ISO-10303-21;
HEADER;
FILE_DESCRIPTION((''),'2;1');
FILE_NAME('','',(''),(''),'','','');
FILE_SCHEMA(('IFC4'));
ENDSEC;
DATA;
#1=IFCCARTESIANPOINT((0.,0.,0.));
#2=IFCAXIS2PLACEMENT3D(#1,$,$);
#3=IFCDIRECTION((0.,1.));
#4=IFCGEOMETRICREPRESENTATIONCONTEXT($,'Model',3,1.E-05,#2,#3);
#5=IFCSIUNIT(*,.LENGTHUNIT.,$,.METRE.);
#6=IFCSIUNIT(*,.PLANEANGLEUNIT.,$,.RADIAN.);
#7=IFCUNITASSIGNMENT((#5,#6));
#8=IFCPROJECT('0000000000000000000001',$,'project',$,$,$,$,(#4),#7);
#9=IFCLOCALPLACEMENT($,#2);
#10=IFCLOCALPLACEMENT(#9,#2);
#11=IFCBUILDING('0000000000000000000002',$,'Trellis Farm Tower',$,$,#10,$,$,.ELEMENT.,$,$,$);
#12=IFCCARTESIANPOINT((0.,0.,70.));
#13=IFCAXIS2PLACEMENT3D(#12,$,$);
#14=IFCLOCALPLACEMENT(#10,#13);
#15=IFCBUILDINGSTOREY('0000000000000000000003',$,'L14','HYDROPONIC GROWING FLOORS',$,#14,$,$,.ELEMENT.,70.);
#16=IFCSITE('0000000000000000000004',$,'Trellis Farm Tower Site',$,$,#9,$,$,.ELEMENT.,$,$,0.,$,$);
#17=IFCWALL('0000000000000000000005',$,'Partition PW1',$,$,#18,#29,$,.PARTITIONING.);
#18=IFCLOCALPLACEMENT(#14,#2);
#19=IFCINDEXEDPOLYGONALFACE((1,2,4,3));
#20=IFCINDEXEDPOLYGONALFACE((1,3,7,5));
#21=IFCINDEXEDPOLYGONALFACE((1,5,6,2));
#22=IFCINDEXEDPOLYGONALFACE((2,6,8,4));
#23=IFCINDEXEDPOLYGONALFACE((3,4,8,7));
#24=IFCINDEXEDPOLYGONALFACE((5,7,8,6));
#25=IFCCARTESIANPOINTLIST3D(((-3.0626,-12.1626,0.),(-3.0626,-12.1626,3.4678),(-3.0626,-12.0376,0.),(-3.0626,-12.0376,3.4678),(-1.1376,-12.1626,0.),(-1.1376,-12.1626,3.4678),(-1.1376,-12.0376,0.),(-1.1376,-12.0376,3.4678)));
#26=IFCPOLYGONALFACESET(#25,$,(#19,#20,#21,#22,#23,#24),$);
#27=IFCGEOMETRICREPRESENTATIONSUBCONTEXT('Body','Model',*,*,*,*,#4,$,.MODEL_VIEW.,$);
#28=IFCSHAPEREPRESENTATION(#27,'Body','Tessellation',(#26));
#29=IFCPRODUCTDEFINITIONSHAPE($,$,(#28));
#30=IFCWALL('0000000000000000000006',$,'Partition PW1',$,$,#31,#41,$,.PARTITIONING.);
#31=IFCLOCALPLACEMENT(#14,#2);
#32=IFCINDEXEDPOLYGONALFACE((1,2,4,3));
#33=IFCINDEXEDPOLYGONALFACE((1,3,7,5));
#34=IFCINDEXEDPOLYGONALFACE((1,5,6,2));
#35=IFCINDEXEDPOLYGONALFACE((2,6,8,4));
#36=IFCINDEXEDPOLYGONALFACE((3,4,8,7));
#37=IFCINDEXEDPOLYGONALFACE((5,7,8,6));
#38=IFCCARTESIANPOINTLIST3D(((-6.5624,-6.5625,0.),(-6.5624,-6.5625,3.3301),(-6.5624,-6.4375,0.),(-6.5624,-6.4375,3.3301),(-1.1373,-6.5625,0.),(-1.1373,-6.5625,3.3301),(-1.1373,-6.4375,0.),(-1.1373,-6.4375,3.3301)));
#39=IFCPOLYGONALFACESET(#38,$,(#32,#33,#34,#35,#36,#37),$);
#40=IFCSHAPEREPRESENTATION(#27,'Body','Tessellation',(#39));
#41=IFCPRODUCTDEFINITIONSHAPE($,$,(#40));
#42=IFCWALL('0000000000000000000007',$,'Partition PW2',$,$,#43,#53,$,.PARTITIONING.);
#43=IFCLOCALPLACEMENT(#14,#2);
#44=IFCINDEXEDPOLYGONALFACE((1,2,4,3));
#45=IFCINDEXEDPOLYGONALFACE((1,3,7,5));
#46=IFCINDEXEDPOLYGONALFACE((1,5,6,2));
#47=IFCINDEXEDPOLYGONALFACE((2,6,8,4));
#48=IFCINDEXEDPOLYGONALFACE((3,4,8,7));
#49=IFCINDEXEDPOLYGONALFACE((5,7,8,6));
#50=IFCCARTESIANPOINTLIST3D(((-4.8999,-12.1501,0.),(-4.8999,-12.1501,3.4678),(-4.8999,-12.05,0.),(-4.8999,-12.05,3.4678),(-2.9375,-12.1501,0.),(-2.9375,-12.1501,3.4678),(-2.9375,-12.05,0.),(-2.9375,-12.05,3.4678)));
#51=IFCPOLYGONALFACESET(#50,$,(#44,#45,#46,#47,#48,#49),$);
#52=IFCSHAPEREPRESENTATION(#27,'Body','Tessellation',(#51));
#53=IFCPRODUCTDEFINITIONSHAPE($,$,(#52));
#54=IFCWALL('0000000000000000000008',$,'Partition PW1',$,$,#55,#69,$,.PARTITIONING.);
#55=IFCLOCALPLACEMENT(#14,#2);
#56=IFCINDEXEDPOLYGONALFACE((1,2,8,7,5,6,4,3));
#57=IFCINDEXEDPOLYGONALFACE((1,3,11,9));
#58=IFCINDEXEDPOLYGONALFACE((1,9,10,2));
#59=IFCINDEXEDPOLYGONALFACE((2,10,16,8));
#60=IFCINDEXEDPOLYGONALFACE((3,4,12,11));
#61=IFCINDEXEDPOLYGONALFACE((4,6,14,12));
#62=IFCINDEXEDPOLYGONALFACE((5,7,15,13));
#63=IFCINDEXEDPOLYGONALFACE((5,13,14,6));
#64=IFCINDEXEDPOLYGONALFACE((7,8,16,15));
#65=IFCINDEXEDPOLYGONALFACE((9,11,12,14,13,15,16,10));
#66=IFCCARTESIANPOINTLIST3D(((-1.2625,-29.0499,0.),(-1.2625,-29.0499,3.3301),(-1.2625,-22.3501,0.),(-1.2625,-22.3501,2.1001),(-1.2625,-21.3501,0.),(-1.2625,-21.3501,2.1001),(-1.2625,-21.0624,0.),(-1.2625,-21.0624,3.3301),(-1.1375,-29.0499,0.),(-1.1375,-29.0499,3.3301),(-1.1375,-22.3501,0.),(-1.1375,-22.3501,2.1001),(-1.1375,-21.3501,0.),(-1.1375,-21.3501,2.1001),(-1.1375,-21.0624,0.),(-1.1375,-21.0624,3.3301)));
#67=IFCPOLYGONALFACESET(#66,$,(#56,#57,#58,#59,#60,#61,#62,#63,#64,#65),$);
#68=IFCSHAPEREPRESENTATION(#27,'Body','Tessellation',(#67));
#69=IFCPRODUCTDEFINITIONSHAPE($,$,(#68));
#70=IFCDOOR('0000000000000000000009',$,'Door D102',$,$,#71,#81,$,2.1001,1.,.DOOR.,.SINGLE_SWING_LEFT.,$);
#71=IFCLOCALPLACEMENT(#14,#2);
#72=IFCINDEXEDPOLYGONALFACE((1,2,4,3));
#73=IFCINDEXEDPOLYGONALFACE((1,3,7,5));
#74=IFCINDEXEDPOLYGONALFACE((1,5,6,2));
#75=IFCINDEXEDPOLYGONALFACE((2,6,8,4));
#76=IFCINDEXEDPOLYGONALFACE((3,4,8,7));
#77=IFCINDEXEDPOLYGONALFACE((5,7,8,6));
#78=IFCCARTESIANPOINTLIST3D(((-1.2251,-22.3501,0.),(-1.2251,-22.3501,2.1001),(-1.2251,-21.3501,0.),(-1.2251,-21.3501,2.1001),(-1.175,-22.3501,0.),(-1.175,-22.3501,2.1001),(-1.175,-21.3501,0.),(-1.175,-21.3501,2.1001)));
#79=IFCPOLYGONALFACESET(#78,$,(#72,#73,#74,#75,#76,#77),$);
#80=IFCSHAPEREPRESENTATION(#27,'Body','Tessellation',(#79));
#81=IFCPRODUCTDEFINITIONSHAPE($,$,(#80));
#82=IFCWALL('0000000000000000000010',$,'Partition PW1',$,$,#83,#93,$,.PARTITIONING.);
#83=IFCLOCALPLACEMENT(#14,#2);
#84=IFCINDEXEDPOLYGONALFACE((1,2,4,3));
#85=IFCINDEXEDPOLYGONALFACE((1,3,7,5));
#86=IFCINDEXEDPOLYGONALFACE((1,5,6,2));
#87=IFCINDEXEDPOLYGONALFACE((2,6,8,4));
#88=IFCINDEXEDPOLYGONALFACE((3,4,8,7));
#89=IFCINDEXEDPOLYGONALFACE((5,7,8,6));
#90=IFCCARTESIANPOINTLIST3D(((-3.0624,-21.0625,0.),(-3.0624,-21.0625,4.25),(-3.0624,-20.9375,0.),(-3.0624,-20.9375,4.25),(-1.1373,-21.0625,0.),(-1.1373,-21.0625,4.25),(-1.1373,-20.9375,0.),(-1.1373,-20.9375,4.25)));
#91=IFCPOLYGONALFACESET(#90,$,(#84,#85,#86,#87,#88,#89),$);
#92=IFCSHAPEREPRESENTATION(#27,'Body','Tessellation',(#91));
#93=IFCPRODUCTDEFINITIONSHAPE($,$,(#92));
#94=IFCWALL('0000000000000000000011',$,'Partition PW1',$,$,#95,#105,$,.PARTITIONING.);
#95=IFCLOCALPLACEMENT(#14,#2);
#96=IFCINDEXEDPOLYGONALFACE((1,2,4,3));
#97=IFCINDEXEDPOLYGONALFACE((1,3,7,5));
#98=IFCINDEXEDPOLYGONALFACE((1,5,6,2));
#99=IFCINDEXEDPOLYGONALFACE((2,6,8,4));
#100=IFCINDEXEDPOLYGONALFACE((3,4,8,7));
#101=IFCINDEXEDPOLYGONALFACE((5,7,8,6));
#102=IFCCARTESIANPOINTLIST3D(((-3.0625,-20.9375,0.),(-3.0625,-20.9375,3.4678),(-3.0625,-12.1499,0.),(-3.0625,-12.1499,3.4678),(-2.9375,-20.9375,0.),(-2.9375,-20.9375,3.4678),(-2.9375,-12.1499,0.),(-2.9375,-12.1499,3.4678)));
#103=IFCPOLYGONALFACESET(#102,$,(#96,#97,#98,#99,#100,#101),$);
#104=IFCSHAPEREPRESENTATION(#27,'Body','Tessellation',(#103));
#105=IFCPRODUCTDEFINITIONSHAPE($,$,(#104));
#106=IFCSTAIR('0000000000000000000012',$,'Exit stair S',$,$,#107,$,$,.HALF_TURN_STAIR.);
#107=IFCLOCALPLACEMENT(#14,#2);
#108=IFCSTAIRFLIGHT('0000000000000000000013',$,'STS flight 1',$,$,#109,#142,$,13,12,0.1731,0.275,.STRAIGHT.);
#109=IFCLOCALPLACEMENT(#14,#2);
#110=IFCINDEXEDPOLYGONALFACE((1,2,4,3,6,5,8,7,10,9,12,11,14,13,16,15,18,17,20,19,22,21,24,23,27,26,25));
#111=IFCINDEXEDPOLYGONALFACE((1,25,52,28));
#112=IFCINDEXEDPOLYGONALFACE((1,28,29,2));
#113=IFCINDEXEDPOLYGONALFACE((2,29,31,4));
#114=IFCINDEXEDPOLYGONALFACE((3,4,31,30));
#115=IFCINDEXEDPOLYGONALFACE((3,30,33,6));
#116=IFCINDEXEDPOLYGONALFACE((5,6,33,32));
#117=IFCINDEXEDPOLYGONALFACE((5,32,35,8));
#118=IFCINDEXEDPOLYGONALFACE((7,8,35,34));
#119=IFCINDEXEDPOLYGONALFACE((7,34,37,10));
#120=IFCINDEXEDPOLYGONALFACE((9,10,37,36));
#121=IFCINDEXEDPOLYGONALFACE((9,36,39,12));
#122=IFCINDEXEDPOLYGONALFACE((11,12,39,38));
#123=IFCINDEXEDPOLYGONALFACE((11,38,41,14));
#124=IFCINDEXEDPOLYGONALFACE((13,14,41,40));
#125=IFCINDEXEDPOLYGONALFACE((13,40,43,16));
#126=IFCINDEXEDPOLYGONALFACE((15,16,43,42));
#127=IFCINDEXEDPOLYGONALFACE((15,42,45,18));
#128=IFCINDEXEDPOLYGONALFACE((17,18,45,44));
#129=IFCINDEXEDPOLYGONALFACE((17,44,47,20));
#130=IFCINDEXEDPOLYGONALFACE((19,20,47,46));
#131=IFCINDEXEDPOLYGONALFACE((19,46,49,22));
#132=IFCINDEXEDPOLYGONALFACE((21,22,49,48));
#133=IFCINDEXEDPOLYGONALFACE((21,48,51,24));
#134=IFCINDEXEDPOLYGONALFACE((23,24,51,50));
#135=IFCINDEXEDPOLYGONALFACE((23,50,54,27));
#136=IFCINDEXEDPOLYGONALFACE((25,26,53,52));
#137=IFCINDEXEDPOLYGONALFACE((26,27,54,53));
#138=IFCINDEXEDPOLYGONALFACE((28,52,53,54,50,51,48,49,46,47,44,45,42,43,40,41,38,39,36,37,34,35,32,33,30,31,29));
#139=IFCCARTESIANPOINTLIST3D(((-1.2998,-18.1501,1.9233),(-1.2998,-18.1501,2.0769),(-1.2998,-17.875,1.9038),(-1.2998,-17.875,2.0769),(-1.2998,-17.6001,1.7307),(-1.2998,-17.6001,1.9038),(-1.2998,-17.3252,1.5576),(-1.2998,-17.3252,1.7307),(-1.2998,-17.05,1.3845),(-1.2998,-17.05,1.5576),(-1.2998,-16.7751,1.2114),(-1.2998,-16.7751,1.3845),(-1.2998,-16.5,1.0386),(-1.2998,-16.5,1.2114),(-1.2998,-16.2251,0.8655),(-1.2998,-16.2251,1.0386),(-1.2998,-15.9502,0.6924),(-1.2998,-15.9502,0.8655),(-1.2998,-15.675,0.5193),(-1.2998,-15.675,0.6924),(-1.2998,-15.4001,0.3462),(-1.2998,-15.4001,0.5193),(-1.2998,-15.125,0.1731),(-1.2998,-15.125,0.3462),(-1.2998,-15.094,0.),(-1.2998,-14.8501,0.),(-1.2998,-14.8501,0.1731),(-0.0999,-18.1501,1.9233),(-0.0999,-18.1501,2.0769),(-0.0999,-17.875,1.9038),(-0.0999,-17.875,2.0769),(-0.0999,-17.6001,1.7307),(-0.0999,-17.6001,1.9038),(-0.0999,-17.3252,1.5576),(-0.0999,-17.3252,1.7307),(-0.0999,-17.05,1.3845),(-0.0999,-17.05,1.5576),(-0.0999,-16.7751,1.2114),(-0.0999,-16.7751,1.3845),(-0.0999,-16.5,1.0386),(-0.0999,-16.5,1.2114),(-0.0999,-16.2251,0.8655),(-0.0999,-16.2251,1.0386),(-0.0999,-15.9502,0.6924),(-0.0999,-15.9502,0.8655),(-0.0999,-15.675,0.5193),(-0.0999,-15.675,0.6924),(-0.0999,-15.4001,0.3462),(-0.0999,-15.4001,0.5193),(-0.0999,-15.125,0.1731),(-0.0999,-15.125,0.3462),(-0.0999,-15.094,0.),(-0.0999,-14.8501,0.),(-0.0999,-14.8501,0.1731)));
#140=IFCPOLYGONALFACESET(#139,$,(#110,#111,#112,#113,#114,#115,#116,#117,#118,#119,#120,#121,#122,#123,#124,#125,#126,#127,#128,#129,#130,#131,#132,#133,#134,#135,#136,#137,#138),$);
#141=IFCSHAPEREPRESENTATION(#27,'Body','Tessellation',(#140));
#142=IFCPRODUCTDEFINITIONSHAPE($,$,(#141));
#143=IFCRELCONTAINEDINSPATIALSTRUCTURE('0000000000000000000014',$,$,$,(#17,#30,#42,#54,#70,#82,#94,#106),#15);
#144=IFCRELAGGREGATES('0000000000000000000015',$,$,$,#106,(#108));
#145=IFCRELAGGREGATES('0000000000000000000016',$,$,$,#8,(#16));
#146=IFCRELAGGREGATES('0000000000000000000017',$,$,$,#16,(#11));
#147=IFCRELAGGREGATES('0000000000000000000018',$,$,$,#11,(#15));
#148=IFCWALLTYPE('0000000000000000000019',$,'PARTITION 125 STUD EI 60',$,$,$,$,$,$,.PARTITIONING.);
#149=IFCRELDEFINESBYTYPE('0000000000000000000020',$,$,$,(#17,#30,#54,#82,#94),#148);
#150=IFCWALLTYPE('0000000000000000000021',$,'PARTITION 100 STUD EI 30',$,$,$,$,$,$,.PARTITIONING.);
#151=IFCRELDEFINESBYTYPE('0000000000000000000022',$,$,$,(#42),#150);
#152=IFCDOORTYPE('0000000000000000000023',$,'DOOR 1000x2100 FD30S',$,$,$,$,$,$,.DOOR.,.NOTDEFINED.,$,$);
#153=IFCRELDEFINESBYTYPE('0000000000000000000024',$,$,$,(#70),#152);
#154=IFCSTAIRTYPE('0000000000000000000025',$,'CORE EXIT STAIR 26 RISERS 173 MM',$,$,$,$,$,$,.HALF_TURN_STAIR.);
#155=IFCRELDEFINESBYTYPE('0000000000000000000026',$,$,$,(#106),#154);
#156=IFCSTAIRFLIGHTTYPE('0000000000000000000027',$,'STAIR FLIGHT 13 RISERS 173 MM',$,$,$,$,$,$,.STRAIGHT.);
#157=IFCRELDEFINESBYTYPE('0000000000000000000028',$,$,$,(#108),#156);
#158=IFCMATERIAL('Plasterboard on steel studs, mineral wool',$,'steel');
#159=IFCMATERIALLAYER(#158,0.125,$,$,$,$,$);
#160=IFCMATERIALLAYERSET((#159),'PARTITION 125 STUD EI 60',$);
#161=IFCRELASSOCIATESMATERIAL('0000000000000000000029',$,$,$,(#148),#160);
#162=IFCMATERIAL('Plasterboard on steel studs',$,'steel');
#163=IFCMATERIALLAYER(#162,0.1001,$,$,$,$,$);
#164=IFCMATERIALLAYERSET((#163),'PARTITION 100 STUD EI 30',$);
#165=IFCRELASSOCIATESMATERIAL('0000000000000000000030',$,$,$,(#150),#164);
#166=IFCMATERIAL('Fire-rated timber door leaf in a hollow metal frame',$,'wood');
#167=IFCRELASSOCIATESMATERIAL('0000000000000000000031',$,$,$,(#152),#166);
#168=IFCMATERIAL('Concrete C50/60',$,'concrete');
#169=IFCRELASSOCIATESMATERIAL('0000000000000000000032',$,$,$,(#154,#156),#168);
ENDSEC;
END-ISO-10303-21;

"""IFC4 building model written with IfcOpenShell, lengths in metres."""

from ifc_helpers import new_model, si_unit, direction, frame, frame_2d, origin, place, context, subcontext, project, spatial, polyline, rectangle, outline, extrude, source, transform, mapped, material, layer, layer_set, type_object, element, fill, aggregate, save


model = new_model("IFC4")

# Units and contexts
model_context = context("Model", 3, precision=1e-05, world=origin(), true_north=direction((0.0, 1.0)))
body_context = subcontext(model_context, "Body", "Model", "MODEL_VIEW")
ifc_project = project(units=[si_unit("LENGTHUNIT", "METRE"), si_unit("PLANEANGLEUNIT", "RADIAN")], contexts=[model_context])

# Site, building, storey
site_placement = place(None, origin())
site = spatial("IfcSite", under=ifc_project, at=site_placement, Name="Trellis Farm Tower Site", CompositionType="ELEMENT", RefElevation=0.0)
building_placement = place(site_placement, origin())
building = spatial("IfcBuilding", under=site, at=building_placement, Name="Trellis Farm Tower", CompositionType="ELEMENT")
storey_placement = place(building_placement, frame((0.0, 0.0, 70.0)))
storey = spatial("IfcBuildingStorey", under=building, at=storey_placement, Name="L14", Description="HYDROPONIC GROWING FLOORS", CompositionType="ELEMENT", Elevation=70.0)

# Shared definitions
placement = place(storey_placement, origin())

# Shared definitions
ifc_material_1 = material(Name="Plasterboard on steel studs, mineral wool", Category="steel")
ifc_layer_1 = layer(ifc_material_1, 0.125)
ifc_layer_set_1 = layer_set([ifc_layer_1], Name="PARTITION 125 STUD EI 60")
wall_type_1 = type_object("IfcWallType", Name="PARTITION 125 STUD EI 60", PredefinedType="PARTITIONING", material=ifc_layer_set_1)
ifc_material_2 = material(Name="Fire-rated timber door leaf in a hollow metal frame", Category="wood")

# Walls
shared_shape_1 = source(origin(), body_context, "Body", "SweptSolid", [
    extrude(rectangle(XDim=1.925, YDim=0.125, at=frame_2d((0.9624, 0.0))), origin(), (0.0, 0.0, 1.0), 3.4678),
])
wall_1_placement = place(storey_placement, frame((-3.0625, -12.1001, 0.0), z_axis=(0.0, 0.0, 1.0), x_axis=(1.0, 0.0, 0.0)))
element("IfcWall", 1, at=wall_1_placement, inside=storey, type_object=wall_type_1, Name="Partition PW1", PredefinedType="PARTITIONING", context=body_context, shape_type="MappedRepresentation", body=[
    mapped(shared_shape_1, transform((0.0, 0.0, 0.0))),
])
shared_shape_2 = source(origin(), body_context, "Body", "SweptSolid", [
    extrude(rectangle(XDim=5.425, YDim=0.125, at=frame_2d((2.7124, 0.0))), origin(), (0.0, 0.0, 1.0), 3.3301),
])
wall_2_placement = place(storey_placement, frame((-1.1375, -6.5, 0.0), z_axis=(0.0, 0.0, 1.0), x_axis=(-1.0, 0.0, 0.0)))
element("IfcWall", 2, at=wall_2_placement, inside=storey, type_object=wall_type_1, Name="Partition PW1", PredefinedType="PARTITIONING", context=body_context, shape_type="MappedRepresentation", body=[
    mapped(shared_shape_2, transform((0.0, 0.0, 0.0))),
])
ifc_material_3 = material(Name="Plasterboard on steel studs", Category="steel")
ifc_layer_2 = layer(ifc_material_3, 0.1001)
ifc_layer_set_2 = layer_set([ifc_layer_2], Name="PARTITION 100 STUD EI 30")
wall_type_2 = type_object("IfcWallType", Name="PARTITION 100 STUD EI 30", PredefinedType="PARTITIONING", material=ifc_layer_set_2)
shared_shape_3 = source(origin(), body_context, "Body", "SweptSolid", [
    extrude(rectangle(XDim=1.9624, YDim=0.1001, at=frame_2d((0.9812, 0.0))), origin(), (0.0, 0.0, 1.0), 3.4678),
])
wall_3_placement = place(storey_placement, frame((-4.8999, -12.1001, 0.0), z_axis=(0.0, 0.0, 1.0), x_axis=(1.0, 0.0, 0.0)))
element("IfcWall", 3, at=wall_3_placement, inside=storey, type_object=wall_type_2, Name="Partition PW2", PredefinedType="PARTITIONING", context=body_context, shape_type="MappedRepresentation", body=[
    mapped(shared_shape_3, transform((0.0, 0.0, 0.0))),
])

# Wall, opening, door
shared_shape_4 = source(origin(), body_context, "Body", "SweptSolid", [
    extrude(rectangle(XDim=7.9875, YDim=0.125, at=frame_2d((3.9937, 0.0))), origin(), (0.0, 0.0, 1.0), 3.3301),
])
wall_4_placement = place(storey_placement, frame((-1.2, -21.0625, 0.0), z_axis=(0.0, 0.0, 1.0), x_axis=(0.0, -1.0, 0.0)))
wall_4 = element("IfcWall", 4, at=wall_4_placement, inside=storey, type_object=wall_type_1, Name="Partition PW1", PredefinedType="PARTITIONING", context=body_context, shape_type="MappedRepresentation", body=[
    mapped(shared_shape_4, transform((0.0, 0.0, 0.0))),
])
shared_shape_5 = source(origin(), body_context, "Body", "SweptSolid", [
    extrude(rectangle(XDim=1.0, YDim=2.1001, at=frame_2d((0.5, 1.05))), frame((0.0, 0.0725, 0.0), z_axis=(0.0, -1.0, 0.0), x_axis=(1.0, 0.0, 0.0)), (0.0, 0.0, 1.0), 0.145),
])
opening_1_placement = place(wall_4_placement, frame((0.2876, 0.0, 0.0)))
opening_1 = element("IfcOpeningElement", 5, at=opening_1_placement, cuts=wall_4, PredefinedType="OPENING", context=body_context, shape_type="MappedRepresentation", body=[
    mapped(shared_shape_5, transform((0.0, 0.0, 0.0))),
])
door_type_1 = type_object("IfcDoorType", Name="DOOR 1000x2100 FD30S", OperationType="NOTDEFINED", PredefinedType="DOOR", material=ifc_material_2)
shared_shape_6 = source(origin(), body_context, "Body", "SweptSolid", [
    extrude(rectangle(XDim=1.0, YDim=2.1001, at=frame_2d((0.5, 1.05))), frame((0.0, 0.0249, 0.0), z_axis=(0.0, -1.0, 0.0), x_axis=(1.0, 0.0, 0.0)), (0.0, 0.0, 1.0), 0.05),
])
door_1_placement = place(opening_1_placement, origin())
door_1 = element("IfcDoor", 6, at=door_1_placement, inside=storey, type_object=door_type_1, Name="Door D102", OperationType="SINGLE_SWING_LEFT", OverallHeight=2.1001, OverallWidth=1.0, PredefinedType="DOOR", context=body_context, shape_type="MappedRepresentation", body=[
    mapped(shared_shape_6, transform((0.0, 0.0, 0.0))),
])
fill(opening_1, door_1)

# Walls
shared_shape_7 = source(origin(), body_context, "Body", "SweptSolid", [
    extrude(rectangle(XDim=1.925, YDim=0.125, at=frame_2d((0.9624, 0.0))), origin(), (0.0, 0.0, 1.0), 4.25),
])
wall_5_placement = place(storey_placement, frame((-1.1375, -21.0, 0.0), z_axis=(0.0, 0.0, 1.0), x_axis=(-1.0, 0.0, 0.0)))
element("IfcWall", 7, at=wall_5_placement, inside=storey, type_object=wall_type_1, Name="Partition PW1", PredefinedType="PARTITIONING", context=body_context, shape_type="MappedRepresentation", body=[
    mapped(shared_shape_7, transform((0.0, 0.0, 0.0))),
])
shared_shape_8 = source(origin(), body_context, "Body", "SweptSolid", [
    extrude(rectangle(XDim=8.7876, YDim=0.125, at=frame_2d((4.3938, 0.0))), origin(), (0.0, 0.0, 1.0), 3.4678),
])
wall_6_placement = place(storey_placement, frame((-3.0, -20.9375, 0.0), z_axis=(0.0, 0.0, 1.0), x_axis=(0.0, 1.0, 0.0)))
element("IfcWall", 8, at=wall_6_placement, inside=storey, type_object=wall_type_1, Name="Partition PW1", PredefinedType="PARTITIONING", context=body_context, shape_type="MappedRepresentation", body=[
    mapped(shared_shape_8, transform((0.0, 0.0, 0.0))),
])

# Stair, stair flight
ifc_material_4 = material(Name="Concrete C50/60", Category="concrete")
stair_type = type_object("IfcStairType", Name="CORE EXIT STAIR 26 RISERS 173 MM", PredefinedType="HALF_TURN_STAIR", material=ifc_material_4)
stair = element("IfcStair", 9, at=placement, inside=storey, type_object=stair_type, Name="Exit stair S", PredefinedType="HALF_TURN_STAIR")
stair_flight_type = type_object("IfcStairFlightType", Name="STAIR FLIGHT 13 RISERS 173 MM", PredefinedType="STRAIGHT", material=ifc_material_4)
shared_shape_9 = source(origin(), body_context, "Body", "SweptSolid", [
    extrude(outline(polyline([(0.0, 0.0), (0.0, 0.1731), (0.2749, 0.1731), (0.2749, 0.3462), (0.55, 0.3462), (0.55, 0.5193), (0.825, 0.5193), (0.825, 0.6924), (1.1001, 0.6924), (1.1001, 0.8655), (1.375, 0.8655), (1.375, 1.0386), (1.6499, 1.0386), (1.6499, 1.2114), (1.925, 1.2114), (1.925, 1.3845), (2.2, 1.3845), (2.2, 1.5576), (2.4751, 1.5576), (2.4751, 1.7307), (2.75, 1.7307), (2.75, 1.9038), (3.0249, 1.9038), (3.0249, 2.0769), (3.3, 2.0769), (3.3, 2.25), (3.3, 1.9233), (0.2439, 0.0), (0.0, 0.0)])), frame((0.0, 0.6001, 0.0), z_axis=(0.0, -1.0, 0.0), x_axis=(1.0, 0.0, 0.0)), (0.0, 0.0, 1.0), 1.2),
])
stair_flight_placement = place(storey_placement, frame((-0.7, -14.8501, 0.0), z_axis=(0.0, 0.0, 1.0), x_axis=(0.0, -1.0, 0.0)))
stair_flight = element("IfcStairFlight", 10, at=stair_flight_placement, type_object=stair_flight_type, Name="STS flight 1", NumberOfRisers=13, NumberOfTreads=12, PredefinedType="STRAIGHT", RiserHeight=0.1731, TreadLength=0.275, context=body_context, shape_type="MappedRepresentation", body=[
    mapped(shared_shape_9, transform((0.0, 0.0, 0.0))),
])
aggregate(stair, [stair_flight])

save(model, "model.ifc")
